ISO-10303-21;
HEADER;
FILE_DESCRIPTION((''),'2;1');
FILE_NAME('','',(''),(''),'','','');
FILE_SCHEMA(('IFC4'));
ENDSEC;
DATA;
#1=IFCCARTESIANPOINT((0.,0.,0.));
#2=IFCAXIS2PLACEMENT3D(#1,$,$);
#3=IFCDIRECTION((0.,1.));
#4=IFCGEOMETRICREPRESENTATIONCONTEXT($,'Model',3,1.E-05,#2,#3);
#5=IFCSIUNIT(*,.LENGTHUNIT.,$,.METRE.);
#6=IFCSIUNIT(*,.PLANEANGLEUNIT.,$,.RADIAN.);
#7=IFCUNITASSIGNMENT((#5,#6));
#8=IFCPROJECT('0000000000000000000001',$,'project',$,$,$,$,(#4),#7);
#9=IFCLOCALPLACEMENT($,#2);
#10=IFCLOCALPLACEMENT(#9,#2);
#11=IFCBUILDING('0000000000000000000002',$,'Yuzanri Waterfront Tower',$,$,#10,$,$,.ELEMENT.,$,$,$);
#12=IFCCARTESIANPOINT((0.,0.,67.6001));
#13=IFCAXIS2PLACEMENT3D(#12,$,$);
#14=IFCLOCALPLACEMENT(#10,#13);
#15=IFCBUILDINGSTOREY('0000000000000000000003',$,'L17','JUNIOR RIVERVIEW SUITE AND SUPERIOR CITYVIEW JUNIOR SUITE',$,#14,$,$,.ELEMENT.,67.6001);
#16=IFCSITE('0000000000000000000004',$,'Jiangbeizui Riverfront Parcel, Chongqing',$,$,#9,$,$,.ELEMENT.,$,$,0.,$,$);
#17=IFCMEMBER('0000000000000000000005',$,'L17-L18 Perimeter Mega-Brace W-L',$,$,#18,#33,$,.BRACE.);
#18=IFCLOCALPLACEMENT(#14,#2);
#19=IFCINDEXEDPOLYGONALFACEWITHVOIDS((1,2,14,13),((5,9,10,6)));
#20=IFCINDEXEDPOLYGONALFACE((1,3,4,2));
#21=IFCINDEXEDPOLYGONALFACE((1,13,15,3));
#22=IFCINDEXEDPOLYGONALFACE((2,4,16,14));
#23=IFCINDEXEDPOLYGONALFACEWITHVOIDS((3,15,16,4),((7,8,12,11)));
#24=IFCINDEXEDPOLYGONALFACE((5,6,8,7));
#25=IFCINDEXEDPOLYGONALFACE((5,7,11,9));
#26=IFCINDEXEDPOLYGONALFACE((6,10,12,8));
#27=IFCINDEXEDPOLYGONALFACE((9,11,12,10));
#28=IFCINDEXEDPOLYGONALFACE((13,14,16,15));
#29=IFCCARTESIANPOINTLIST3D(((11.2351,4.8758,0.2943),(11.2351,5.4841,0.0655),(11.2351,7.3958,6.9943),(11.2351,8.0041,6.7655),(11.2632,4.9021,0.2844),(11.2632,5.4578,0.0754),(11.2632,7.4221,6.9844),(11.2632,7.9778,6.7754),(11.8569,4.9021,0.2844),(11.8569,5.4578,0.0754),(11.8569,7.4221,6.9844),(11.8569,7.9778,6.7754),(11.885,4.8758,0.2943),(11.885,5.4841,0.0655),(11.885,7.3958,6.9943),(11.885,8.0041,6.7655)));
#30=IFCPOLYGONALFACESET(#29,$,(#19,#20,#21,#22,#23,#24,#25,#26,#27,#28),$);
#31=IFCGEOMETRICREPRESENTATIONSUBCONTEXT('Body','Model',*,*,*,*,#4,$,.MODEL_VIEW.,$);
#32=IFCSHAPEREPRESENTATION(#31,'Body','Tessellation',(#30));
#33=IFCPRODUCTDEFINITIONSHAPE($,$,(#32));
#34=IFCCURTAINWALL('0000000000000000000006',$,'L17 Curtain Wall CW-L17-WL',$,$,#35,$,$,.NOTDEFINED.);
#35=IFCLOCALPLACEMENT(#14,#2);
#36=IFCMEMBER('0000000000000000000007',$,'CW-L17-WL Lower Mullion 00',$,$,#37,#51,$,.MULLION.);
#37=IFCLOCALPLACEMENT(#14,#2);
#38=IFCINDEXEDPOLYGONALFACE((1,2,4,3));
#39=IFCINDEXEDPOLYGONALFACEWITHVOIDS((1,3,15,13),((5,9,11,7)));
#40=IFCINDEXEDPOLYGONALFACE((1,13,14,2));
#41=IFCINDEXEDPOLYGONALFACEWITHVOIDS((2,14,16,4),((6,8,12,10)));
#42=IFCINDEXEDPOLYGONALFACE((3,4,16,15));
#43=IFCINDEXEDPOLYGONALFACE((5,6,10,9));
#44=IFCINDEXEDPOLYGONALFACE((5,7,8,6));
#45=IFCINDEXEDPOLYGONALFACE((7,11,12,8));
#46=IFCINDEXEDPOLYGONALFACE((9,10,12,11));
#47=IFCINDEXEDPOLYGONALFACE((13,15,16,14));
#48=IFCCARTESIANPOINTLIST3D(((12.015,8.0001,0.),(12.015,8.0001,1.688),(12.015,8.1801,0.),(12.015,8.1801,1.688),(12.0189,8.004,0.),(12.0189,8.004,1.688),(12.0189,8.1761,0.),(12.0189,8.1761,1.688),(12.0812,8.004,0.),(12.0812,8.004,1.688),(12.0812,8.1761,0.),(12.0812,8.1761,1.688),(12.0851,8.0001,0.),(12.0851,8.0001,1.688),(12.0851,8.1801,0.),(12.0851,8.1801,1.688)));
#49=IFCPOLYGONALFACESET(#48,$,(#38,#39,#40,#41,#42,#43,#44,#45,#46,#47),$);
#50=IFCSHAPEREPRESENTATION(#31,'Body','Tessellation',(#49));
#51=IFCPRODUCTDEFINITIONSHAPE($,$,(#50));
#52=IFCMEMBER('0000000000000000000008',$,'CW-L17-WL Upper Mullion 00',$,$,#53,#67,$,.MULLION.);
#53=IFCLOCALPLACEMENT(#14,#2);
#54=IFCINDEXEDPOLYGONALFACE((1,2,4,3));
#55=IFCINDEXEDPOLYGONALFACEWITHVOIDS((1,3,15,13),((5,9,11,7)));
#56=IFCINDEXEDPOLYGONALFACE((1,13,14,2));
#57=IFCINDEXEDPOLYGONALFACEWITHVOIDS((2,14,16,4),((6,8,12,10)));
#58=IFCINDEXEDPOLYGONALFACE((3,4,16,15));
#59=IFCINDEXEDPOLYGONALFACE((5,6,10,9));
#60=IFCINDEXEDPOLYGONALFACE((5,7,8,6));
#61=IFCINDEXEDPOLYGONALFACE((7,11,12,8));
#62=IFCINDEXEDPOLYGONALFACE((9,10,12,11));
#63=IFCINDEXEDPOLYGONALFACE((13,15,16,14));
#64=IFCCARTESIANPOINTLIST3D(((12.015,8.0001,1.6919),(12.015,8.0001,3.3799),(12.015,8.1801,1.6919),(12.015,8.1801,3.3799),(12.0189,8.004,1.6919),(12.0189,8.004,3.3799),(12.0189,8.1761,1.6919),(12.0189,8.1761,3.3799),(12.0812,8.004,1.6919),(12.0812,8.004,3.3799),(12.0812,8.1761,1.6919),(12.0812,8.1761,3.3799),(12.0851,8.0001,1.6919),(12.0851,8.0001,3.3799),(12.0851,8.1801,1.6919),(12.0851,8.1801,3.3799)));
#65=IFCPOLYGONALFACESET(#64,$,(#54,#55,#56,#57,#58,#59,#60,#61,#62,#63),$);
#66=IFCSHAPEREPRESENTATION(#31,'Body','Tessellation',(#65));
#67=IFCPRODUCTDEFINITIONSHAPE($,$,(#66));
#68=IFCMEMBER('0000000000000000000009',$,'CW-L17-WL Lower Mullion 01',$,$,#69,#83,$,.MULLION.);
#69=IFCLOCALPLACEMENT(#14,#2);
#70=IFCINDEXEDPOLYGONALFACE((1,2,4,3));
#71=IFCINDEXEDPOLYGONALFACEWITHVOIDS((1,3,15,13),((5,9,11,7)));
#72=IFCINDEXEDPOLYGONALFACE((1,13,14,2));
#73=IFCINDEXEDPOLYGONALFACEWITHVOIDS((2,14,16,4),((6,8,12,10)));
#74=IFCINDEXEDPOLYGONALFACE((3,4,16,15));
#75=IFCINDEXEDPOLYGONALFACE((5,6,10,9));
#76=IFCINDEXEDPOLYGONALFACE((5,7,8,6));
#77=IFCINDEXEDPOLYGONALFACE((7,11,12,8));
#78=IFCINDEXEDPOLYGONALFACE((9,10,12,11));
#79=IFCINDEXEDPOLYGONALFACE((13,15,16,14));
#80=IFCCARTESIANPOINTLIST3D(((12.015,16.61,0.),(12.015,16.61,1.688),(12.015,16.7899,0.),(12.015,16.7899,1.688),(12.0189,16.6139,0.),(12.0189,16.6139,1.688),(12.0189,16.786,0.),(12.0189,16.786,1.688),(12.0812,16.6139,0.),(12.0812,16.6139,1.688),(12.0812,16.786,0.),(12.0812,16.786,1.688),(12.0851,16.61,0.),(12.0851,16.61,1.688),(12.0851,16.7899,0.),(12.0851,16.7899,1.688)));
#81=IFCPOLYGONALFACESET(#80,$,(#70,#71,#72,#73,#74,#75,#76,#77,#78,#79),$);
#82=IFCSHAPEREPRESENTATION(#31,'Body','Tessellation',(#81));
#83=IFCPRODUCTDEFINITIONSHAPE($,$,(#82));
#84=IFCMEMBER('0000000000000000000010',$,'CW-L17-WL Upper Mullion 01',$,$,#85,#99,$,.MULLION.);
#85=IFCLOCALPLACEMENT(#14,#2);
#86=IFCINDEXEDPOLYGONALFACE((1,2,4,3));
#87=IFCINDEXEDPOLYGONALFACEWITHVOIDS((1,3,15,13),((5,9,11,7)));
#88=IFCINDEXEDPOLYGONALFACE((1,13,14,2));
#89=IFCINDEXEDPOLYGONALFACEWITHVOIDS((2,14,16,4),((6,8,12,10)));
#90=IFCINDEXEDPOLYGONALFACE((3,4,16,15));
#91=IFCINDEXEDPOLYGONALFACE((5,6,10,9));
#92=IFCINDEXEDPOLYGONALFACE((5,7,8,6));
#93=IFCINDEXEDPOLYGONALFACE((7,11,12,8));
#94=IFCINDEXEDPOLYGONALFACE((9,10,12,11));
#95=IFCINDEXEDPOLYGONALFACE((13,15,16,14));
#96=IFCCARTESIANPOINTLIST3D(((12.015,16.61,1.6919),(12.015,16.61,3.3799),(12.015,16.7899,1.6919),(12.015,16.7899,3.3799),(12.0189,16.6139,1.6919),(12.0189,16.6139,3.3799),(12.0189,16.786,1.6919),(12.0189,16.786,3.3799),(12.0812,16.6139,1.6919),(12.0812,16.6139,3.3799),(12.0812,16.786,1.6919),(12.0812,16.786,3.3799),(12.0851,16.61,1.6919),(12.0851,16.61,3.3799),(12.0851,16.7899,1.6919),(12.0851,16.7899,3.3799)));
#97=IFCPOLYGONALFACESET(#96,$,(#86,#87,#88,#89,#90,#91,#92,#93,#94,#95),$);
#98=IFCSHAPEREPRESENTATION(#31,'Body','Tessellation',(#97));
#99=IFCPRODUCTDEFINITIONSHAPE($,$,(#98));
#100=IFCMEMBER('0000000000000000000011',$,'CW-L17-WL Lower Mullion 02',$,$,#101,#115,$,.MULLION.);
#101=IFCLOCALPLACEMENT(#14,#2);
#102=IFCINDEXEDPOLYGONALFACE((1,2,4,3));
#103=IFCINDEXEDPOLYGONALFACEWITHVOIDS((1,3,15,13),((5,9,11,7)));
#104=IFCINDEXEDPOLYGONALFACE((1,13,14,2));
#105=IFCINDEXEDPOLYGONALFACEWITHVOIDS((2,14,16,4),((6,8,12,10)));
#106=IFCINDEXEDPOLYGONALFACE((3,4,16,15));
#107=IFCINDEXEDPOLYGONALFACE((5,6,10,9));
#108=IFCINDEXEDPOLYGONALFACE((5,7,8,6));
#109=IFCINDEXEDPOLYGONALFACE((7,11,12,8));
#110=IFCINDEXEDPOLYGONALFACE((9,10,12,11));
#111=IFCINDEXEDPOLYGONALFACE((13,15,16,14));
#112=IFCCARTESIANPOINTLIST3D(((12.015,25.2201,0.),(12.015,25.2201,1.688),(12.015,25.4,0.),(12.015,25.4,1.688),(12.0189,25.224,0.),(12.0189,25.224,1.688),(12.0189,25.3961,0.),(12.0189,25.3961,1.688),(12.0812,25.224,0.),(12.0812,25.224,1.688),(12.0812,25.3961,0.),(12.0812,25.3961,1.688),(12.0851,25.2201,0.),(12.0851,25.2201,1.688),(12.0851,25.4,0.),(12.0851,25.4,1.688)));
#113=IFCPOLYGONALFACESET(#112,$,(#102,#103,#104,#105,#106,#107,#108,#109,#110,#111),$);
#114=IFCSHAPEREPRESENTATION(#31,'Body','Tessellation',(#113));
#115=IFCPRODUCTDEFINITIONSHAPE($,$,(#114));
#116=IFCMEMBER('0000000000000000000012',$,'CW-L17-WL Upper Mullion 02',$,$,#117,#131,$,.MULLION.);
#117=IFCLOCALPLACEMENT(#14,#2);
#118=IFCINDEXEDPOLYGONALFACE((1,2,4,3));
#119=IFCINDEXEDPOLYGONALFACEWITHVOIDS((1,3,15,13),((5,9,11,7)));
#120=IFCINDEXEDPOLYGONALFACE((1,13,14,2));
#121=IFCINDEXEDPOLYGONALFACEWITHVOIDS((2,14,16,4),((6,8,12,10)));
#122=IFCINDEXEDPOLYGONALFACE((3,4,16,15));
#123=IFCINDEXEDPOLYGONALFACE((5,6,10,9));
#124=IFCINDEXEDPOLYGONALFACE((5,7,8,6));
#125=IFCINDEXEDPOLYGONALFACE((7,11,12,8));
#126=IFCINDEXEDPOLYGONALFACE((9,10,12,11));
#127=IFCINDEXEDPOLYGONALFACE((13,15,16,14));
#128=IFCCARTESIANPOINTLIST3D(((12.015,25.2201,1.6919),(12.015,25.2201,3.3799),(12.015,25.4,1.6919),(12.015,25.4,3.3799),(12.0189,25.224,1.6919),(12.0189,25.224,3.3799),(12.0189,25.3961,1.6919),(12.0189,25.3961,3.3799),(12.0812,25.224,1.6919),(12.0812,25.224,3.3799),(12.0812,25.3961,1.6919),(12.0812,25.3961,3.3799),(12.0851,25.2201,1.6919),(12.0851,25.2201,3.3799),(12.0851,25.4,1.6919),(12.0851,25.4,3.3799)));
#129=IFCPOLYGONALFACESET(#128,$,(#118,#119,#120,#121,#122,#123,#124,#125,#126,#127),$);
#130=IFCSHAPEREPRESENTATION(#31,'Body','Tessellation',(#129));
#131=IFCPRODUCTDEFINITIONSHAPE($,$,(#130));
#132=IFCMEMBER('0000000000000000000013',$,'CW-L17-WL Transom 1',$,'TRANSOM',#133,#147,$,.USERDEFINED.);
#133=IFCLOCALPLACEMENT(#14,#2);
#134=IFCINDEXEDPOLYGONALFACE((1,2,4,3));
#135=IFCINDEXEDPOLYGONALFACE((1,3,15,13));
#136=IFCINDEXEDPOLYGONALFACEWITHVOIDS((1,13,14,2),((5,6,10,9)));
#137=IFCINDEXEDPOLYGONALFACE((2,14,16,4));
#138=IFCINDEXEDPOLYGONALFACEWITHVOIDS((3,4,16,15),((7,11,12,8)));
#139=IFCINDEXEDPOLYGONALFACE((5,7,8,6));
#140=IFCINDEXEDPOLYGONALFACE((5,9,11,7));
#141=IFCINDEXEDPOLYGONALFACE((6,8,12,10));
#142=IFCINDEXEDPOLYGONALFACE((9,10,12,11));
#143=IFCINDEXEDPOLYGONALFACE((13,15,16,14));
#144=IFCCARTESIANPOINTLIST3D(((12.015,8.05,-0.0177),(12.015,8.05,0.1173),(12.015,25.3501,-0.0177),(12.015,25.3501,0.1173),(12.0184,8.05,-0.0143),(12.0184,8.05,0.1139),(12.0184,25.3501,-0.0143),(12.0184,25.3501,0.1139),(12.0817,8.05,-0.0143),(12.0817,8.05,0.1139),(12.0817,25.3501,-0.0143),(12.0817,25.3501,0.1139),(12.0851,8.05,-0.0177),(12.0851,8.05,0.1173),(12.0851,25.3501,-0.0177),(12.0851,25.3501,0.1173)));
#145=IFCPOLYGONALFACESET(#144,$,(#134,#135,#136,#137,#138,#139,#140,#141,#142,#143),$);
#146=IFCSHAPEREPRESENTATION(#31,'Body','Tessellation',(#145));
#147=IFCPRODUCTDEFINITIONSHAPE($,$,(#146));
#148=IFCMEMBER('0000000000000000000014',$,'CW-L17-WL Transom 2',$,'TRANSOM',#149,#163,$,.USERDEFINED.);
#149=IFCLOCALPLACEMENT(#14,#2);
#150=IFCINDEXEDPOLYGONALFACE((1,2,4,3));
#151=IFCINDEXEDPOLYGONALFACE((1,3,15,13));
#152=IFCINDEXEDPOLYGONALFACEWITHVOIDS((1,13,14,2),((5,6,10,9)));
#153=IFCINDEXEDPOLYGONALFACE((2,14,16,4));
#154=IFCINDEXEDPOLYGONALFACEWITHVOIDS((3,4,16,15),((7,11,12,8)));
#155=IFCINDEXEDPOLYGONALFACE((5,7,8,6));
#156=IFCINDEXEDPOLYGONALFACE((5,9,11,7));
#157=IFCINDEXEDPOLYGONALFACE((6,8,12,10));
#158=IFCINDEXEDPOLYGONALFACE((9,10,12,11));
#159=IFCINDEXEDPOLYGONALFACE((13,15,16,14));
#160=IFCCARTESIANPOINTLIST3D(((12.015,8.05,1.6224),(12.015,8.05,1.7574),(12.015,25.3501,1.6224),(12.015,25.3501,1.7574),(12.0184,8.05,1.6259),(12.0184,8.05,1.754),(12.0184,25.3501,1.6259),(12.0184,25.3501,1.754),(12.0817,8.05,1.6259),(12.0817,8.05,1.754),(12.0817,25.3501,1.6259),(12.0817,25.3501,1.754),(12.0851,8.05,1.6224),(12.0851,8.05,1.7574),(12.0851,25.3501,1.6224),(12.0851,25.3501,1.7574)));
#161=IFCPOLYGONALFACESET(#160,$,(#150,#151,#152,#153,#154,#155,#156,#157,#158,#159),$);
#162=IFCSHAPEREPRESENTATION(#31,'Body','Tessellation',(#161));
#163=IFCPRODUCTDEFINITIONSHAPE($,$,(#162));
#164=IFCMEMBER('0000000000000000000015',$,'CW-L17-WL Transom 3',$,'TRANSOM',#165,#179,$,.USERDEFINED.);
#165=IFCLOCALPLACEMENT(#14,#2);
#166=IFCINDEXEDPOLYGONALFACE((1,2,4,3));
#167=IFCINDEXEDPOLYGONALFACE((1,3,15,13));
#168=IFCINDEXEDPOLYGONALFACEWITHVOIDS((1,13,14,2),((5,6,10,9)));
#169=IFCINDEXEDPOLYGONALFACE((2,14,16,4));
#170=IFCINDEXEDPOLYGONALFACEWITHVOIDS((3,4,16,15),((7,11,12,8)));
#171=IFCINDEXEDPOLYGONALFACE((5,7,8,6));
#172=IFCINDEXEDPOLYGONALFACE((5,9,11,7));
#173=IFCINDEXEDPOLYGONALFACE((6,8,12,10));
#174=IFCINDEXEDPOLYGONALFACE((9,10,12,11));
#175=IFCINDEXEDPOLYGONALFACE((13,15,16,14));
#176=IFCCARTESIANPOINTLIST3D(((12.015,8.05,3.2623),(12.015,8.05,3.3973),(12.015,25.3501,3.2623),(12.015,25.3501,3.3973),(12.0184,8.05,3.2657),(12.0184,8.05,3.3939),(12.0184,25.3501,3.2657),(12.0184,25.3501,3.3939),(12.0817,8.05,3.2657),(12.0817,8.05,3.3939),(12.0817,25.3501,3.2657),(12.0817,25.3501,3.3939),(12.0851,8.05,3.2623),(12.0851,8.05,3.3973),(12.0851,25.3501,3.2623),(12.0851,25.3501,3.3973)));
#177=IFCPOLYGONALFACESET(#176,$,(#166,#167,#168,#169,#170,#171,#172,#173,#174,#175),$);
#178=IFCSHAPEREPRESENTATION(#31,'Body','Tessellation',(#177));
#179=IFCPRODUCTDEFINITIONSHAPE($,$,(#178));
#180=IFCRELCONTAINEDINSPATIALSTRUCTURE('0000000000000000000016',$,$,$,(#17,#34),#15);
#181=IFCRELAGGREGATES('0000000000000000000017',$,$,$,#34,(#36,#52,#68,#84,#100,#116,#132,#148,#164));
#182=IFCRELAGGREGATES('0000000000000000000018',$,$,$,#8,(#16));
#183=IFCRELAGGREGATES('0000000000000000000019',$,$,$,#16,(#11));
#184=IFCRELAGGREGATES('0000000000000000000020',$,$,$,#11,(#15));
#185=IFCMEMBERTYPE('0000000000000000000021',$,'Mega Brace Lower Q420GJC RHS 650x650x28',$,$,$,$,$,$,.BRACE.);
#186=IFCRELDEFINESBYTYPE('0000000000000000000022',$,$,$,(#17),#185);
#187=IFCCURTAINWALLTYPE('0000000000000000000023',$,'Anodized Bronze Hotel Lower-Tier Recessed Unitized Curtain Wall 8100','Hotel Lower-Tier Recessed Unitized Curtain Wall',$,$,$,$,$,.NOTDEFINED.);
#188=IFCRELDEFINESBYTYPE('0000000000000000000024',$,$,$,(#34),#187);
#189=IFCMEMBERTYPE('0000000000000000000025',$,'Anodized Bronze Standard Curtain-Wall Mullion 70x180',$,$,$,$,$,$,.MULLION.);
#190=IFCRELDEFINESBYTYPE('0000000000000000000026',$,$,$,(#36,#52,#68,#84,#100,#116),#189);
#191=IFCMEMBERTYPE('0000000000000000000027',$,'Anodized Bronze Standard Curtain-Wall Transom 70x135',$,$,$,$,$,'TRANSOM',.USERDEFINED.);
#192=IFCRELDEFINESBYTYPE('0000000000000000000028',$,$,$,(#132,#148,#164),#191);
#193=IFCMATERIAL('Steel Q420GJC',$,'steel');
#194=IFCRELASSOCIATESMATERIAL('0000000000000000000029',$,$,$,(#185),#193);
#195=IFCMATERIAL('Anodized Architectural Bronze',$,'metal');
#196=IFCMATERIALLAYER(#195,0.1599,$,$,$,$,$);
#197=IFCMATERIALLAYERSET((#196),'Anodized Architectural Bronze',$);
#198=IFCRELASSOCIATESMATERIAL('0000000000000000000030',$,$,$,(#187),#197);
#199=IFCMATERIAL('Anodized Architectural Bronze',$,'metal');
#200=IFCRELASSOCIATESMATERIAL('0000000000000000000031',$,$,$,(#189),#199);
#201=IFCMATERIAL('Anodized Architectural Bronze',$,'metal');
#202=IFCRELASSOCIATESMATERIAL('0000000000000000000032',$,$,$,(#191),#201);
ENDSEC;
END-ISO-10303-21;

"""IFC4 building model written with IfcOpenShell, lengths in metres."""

from ifc_helpers import new_model, si_unit, direction, frame, origin, origin_2d, place, context, subcontext, project, spatial, hollow_rectangle, extrude, source, transform, mapped, material, layer, layer_set, material_profile, profile_set, type_object, element, aggregate, save


model = new_model("IFC4")

# Units and contexts
model_context = context("Model", 3, precision=1e-05, world=origin(), true_north=direction((0.0, 1.0)))
body_context = subcontext(model_context, "Body", "Model", "MODEL_VIEW")
ifc_project = project(units=[si_unit("LENGTHUNIT", "METRE"), si_unit("PLANEANGLEUNIT", "RADIAN")], contexts=[model_context])

# Site, building, storey
site_placement = place(None, origin())
site = spatial("IfcSite", under=ifc_project, at=site_placement, Name="Jiangbeizui Riverfront Parcel, Chongqing", CompositionType="ELEMENT", RefElevation=0.0)
building_placement = place(site_placement, origin())
building = spatial("IfcBuilding", under=site, at=building_placement, Name="Yuzanri Waterfront Tower", CompositionType="ELEMENT")
storey_placement = place(building_placement, frame((0.0, 0.0, 67.6001)))
storey = spatial("IfcBuildingStorey", under=building, at=storey_placement, Name="L17", Description="JUNIOR RIVERVIEW SUITE AND SUPERIOR CITYVIEW JUNIOR SUITE", CompositionType="ELEMENT", Elevation=67.6001)

# Member
ifc_material_1 = material(Name="Steel Q420GJC", Category="steel")
ifc_material_profile_1 = material_profile(ifc_material_1, hollow_rectangle(XDim=0.6499, YDim=0.6499, WallThickness=0.0281, at=origin_2d()), Name="RHS 650x650x28")
ifc_profile_set_1 = profile_set([ifc_material_profile_1], Name="Steel Q420GJC")
member_type_1 = type_object("IfcMemberType", Name="Mega Brace Lower Q420GJC RHS 650x650x28", PredefinedType="BRACE", material=ifc_profile_set_1)
shared_shape_1 = source(origin(), body_context, "Body", "SweptSolid", [
    extrude(hollow_rectangle(XDim=0.6499, YDim=0.6499, WallThickness=0.0281, at=origin_2d()), origin(), (0.0, 0.0, 1.0), 7.1582),
])
member_1_placement = place(storey_placement, frame((11.5601, 5.1799, 0.1799), z_axis=(0.0, 0.352046, 0.935983), x_axis=(-1.0, 0.0, 0.0)))
element("IfcMember", 1, at=member_1_placement, inside=storey, type_object=member_type_1, Name="L17-L18 Perimeter Mega-Brace W-L", PredefinedType="BRACE", context=body_context, shape_type="MappedRepresentation", body=[
    mapped(shared_shape_1, transform((0.0, 0.0, 0.0), scale=1.0)),
])

# Curtain wall, members
ifc_material_2 = material(Name="Anodized Architectural Bronze", Category="metal")
ifc_layer_1 = layer(ifc_material_2, 0.1599)
ifc_layer_set_1 = layer_set([ifc_layer_1], Name="Anodized Architectural Bronze")
curtain_wall_type = type_object("IfcCurtainWallType", Name="Anodized Bronze Hotel Lower-Tier Recessed Unitized Curtain Wall 8100", Description="Hotel Lower-Tier Recessed Unitized Curtain Wall", PredefinedType="NOTDEFINED", material=ifc_layer_set_1)
curtain_wall_placement = place(storey_placement, origin())
curtain_wall = element("IfcCurtainWall", 2, at=curtain_wall_placement, inside=storey, type_object=curtain_wall_type, Name="L17 Curtain Wall CW-L17-WL", PredefinedType="NOTDEFINED")
ifc_material_3 = material(Name="Anodized Architectural Bronze", Category="metal")
ifc_material_profile_2 = material_profile(ifc_material_3, hollow_rectangle(XDim=0.0701, YDim=0.1799, WallThickness=0.0039, at=origin_2d()), Name="CWM 70x180")
ifc_profile_set_2 = profile_set([ifc_material_profile_2], Name="Anodized Architectural Bronze")
member_type_2 = type_object("IfcMemberType", Name="Anodized Bronze Standard Curtain-Wall Mullion 70x180", PredefinedType="MULLION", material=ifc_profile_set_2)
shared_shape_2 = source(origin(), body_context, "Body", "SweptSolid", [
    extrude(hollow_rectangle(XDim=0.0701, YDim=0.1799, WallThickness=0.0039, at=origin_2d()), origin(), (0.0, 0.0, 1.0), 1.688),
])
member_2_placement = place(storey_placement, frame((12.05, 8.0901, 0.0), z_axis=(0.0, 0.0, 1.0), x_axis=(1.0, 0.0, 0.0)))
member_2 = element("IfcMember", 3, at=member_2_placement, type_object=member_type_2, Name="CW-L17-WL Lower Mullion 00", PredefinedType="MULLION", context=body_context, shape_type="MappedRepresentation", body=[
    mapped(shared_shape_2, transform((0.0, 0.0, 0.0), scale=1.0)),
])
member_3_placement = place(storey_placement, frame((12.05, 8.0901, 1.6919), z_axis=(0.0, 0.0, 1.0), x_axis=(1.0, 0.0, 0.0)))
member_3 = element("IfcMember", 4, at=member_3_placement, type_object=member_type_2, Name="CW-L17-WL Upper Mullion 00", PredefinedType="MULLION", context=body_context, shape_type="MappedRepresentation", body=[
    mapped(shared_shape_2, transform((0.0, 0.0, 0.0), scale=1.0)),
])
member_4_placement = place(storey_placement, frame((12.05, 16.7, 0.0), z_axis=(0.0, 0.0, 1.0), x_axis=(1.0, 0.0, 0.0)))
member_4 = element("IfcMember", 5, at=member_4_placement, type_object=member_type_2, Name="CW-L17-WL Lower Mullion 01", PredefinedType="MULLION", context=body_context, shape_type="MappedRepresentation", body=[
    mapped(shared_shape_2, transform((0.0, 0.0, 0.0), scale=1.0)),
])
member_5_placement = place(storey_placement, frame((12.05, 16.7, 1.6919), z_axis=(0.0, 0.0, 1.0), x_axis=(1.0, 0.0, 0.0)))
member_5 = element("IfcMember", 6, at=member_5_placement, type_object=member_type_2, Name="CW-L17-WL Upper Mullion 01", PredefinedType="MULLION", context=body_context, shape_type="MappedRepresentation", body=[
    mapped(shared_shape_2, transform((0.0, 0.0, 0.0), scale=1.0)),
])
member_6_placement = place(storey_placement, frame((12.05, 25.3101, 0.0), z_axis=(0.0, 0.0, 1.0), x_axis=(1.0, 0.0, 0.0)))
member_6 = element("IfcMember", 7, at=member_6_placement, type_object=member_type_2, Name="CW-L17-WL Lower Mullion 02", PredefinedType="MULLION", context=body_context, shape_type="MappedRepresentation", body=[
    mapped(shared_shape_2, transform((0.0, 0.0, 0.0), scale=1.0)),
])
member_7_placement = place(storey_placement, frame((12.05, 25.3101, 1.6919), z_axis=(0.0, 0.0, 1.0), x_axis=(1.0, 0.0, 0.0)))
member_7 = element("IfcMember", 8, at=member_7_placement, type_object=member_type_2, Name="CW-L17-WL Upper Mullion 02", PredefinedType="MULLION", context=body_context, shape_type="MappedRepresentation", body=[
    mapped(shared_shape_2, transform((0.0, 0.0, 0.0), scale=1.0)),
])
ifc_material_4 = material(Name="Anodized Architectural Bronze", Category="metal")
ifc_material_profile_3 = material_profile(ifc_material_4, hollow_rectangle(XDim=0.0701, YDim=0.135, WallThickness=0.0034, at=origin_2d()), Name="CWT 70x135")
ifc_profile_set_3 = profile_set([ifc_material_profile_3], Name="Anodized Architectural Bronze")
member_type_3 = type_object("IfcMemberType", Name="Anodized Bronze Standard Curtain-Wall Transom 70x135", ElementType="TRANSOM", PredefinedType="USERDEFINED", material=ifc_profile_set_3)
shared_shape_3 = source(origin(), body_context, "Body", "SweptSolid", [
    extrude(hollow_rectangle(XDim=0.0701, YDim=0.135, WallThickness=0.0034, at=origin_2d()), origin(), (0.0, 0.0, 1.0), 17.3),
])
member_8_placement = place(storey_placement, frame((12.05, 8.05, 0.0498), z_axis=(0.0, 1.0, 0.0), x_axis=(-1.0, 0.0, 0.0)))
member_8 = element("IfcMember", 9, at=member_8_placement, type_object=member_type_3, Name="CW-L17-WL Transom 1", ObjectType="TRANSOM", PredefinedType="USERDEFINED", context=body_context, shape_type="MappedRepresentation", body=[
    mapped(shared_shape_3, transform((0.0, 0.0, 0.0), scale=1.0)),
])
member_9_placement = place(storey_placement, frame((12.05, 8.05, 1.6899), z_axis=(0.0, 1.0, 0.0), x_axis=(-1.0, 0.0, 0.0)))
member_9 = element("IfcMember", 10, at=member_9_placement, type_object=member_type_3, Name="CW-L17-WL Transom 2", ObjectType="TRANSOM", PredefinedType="USERDEFINED", context=body_context, shape_type="MappedRepresentation", body=[
    mapped(shared_shape_3, transform((0.0, 0.0, 0.0), scale=1.0)),
])
member_10_placement = place(storey_placement, frame((12.05, 8.05, 3.3298), z_axis=(0.0, 1.0, 0.0), x_axis=(-1.0, 0.0, 0.0)))
member_10 = element("IfcMember", 11, at=member_10_placement, type_object=member_type_3, Name="CW-L17-WL Transom 3", ObjectType="TRANSOM", PredefinedType="USERDEFINED", context=body_context, shape_type="MappedRepresentation", body=[
    mapped(shared_shape_3, transform((0.0, 0.0, 0.0), scale=1.0)),
])

aggregate(curtain_wall, [member_2, member_3, member_4, member_5, member_6, member_7, member_8, member_9, member_10])

save(model, "model.ifc")
